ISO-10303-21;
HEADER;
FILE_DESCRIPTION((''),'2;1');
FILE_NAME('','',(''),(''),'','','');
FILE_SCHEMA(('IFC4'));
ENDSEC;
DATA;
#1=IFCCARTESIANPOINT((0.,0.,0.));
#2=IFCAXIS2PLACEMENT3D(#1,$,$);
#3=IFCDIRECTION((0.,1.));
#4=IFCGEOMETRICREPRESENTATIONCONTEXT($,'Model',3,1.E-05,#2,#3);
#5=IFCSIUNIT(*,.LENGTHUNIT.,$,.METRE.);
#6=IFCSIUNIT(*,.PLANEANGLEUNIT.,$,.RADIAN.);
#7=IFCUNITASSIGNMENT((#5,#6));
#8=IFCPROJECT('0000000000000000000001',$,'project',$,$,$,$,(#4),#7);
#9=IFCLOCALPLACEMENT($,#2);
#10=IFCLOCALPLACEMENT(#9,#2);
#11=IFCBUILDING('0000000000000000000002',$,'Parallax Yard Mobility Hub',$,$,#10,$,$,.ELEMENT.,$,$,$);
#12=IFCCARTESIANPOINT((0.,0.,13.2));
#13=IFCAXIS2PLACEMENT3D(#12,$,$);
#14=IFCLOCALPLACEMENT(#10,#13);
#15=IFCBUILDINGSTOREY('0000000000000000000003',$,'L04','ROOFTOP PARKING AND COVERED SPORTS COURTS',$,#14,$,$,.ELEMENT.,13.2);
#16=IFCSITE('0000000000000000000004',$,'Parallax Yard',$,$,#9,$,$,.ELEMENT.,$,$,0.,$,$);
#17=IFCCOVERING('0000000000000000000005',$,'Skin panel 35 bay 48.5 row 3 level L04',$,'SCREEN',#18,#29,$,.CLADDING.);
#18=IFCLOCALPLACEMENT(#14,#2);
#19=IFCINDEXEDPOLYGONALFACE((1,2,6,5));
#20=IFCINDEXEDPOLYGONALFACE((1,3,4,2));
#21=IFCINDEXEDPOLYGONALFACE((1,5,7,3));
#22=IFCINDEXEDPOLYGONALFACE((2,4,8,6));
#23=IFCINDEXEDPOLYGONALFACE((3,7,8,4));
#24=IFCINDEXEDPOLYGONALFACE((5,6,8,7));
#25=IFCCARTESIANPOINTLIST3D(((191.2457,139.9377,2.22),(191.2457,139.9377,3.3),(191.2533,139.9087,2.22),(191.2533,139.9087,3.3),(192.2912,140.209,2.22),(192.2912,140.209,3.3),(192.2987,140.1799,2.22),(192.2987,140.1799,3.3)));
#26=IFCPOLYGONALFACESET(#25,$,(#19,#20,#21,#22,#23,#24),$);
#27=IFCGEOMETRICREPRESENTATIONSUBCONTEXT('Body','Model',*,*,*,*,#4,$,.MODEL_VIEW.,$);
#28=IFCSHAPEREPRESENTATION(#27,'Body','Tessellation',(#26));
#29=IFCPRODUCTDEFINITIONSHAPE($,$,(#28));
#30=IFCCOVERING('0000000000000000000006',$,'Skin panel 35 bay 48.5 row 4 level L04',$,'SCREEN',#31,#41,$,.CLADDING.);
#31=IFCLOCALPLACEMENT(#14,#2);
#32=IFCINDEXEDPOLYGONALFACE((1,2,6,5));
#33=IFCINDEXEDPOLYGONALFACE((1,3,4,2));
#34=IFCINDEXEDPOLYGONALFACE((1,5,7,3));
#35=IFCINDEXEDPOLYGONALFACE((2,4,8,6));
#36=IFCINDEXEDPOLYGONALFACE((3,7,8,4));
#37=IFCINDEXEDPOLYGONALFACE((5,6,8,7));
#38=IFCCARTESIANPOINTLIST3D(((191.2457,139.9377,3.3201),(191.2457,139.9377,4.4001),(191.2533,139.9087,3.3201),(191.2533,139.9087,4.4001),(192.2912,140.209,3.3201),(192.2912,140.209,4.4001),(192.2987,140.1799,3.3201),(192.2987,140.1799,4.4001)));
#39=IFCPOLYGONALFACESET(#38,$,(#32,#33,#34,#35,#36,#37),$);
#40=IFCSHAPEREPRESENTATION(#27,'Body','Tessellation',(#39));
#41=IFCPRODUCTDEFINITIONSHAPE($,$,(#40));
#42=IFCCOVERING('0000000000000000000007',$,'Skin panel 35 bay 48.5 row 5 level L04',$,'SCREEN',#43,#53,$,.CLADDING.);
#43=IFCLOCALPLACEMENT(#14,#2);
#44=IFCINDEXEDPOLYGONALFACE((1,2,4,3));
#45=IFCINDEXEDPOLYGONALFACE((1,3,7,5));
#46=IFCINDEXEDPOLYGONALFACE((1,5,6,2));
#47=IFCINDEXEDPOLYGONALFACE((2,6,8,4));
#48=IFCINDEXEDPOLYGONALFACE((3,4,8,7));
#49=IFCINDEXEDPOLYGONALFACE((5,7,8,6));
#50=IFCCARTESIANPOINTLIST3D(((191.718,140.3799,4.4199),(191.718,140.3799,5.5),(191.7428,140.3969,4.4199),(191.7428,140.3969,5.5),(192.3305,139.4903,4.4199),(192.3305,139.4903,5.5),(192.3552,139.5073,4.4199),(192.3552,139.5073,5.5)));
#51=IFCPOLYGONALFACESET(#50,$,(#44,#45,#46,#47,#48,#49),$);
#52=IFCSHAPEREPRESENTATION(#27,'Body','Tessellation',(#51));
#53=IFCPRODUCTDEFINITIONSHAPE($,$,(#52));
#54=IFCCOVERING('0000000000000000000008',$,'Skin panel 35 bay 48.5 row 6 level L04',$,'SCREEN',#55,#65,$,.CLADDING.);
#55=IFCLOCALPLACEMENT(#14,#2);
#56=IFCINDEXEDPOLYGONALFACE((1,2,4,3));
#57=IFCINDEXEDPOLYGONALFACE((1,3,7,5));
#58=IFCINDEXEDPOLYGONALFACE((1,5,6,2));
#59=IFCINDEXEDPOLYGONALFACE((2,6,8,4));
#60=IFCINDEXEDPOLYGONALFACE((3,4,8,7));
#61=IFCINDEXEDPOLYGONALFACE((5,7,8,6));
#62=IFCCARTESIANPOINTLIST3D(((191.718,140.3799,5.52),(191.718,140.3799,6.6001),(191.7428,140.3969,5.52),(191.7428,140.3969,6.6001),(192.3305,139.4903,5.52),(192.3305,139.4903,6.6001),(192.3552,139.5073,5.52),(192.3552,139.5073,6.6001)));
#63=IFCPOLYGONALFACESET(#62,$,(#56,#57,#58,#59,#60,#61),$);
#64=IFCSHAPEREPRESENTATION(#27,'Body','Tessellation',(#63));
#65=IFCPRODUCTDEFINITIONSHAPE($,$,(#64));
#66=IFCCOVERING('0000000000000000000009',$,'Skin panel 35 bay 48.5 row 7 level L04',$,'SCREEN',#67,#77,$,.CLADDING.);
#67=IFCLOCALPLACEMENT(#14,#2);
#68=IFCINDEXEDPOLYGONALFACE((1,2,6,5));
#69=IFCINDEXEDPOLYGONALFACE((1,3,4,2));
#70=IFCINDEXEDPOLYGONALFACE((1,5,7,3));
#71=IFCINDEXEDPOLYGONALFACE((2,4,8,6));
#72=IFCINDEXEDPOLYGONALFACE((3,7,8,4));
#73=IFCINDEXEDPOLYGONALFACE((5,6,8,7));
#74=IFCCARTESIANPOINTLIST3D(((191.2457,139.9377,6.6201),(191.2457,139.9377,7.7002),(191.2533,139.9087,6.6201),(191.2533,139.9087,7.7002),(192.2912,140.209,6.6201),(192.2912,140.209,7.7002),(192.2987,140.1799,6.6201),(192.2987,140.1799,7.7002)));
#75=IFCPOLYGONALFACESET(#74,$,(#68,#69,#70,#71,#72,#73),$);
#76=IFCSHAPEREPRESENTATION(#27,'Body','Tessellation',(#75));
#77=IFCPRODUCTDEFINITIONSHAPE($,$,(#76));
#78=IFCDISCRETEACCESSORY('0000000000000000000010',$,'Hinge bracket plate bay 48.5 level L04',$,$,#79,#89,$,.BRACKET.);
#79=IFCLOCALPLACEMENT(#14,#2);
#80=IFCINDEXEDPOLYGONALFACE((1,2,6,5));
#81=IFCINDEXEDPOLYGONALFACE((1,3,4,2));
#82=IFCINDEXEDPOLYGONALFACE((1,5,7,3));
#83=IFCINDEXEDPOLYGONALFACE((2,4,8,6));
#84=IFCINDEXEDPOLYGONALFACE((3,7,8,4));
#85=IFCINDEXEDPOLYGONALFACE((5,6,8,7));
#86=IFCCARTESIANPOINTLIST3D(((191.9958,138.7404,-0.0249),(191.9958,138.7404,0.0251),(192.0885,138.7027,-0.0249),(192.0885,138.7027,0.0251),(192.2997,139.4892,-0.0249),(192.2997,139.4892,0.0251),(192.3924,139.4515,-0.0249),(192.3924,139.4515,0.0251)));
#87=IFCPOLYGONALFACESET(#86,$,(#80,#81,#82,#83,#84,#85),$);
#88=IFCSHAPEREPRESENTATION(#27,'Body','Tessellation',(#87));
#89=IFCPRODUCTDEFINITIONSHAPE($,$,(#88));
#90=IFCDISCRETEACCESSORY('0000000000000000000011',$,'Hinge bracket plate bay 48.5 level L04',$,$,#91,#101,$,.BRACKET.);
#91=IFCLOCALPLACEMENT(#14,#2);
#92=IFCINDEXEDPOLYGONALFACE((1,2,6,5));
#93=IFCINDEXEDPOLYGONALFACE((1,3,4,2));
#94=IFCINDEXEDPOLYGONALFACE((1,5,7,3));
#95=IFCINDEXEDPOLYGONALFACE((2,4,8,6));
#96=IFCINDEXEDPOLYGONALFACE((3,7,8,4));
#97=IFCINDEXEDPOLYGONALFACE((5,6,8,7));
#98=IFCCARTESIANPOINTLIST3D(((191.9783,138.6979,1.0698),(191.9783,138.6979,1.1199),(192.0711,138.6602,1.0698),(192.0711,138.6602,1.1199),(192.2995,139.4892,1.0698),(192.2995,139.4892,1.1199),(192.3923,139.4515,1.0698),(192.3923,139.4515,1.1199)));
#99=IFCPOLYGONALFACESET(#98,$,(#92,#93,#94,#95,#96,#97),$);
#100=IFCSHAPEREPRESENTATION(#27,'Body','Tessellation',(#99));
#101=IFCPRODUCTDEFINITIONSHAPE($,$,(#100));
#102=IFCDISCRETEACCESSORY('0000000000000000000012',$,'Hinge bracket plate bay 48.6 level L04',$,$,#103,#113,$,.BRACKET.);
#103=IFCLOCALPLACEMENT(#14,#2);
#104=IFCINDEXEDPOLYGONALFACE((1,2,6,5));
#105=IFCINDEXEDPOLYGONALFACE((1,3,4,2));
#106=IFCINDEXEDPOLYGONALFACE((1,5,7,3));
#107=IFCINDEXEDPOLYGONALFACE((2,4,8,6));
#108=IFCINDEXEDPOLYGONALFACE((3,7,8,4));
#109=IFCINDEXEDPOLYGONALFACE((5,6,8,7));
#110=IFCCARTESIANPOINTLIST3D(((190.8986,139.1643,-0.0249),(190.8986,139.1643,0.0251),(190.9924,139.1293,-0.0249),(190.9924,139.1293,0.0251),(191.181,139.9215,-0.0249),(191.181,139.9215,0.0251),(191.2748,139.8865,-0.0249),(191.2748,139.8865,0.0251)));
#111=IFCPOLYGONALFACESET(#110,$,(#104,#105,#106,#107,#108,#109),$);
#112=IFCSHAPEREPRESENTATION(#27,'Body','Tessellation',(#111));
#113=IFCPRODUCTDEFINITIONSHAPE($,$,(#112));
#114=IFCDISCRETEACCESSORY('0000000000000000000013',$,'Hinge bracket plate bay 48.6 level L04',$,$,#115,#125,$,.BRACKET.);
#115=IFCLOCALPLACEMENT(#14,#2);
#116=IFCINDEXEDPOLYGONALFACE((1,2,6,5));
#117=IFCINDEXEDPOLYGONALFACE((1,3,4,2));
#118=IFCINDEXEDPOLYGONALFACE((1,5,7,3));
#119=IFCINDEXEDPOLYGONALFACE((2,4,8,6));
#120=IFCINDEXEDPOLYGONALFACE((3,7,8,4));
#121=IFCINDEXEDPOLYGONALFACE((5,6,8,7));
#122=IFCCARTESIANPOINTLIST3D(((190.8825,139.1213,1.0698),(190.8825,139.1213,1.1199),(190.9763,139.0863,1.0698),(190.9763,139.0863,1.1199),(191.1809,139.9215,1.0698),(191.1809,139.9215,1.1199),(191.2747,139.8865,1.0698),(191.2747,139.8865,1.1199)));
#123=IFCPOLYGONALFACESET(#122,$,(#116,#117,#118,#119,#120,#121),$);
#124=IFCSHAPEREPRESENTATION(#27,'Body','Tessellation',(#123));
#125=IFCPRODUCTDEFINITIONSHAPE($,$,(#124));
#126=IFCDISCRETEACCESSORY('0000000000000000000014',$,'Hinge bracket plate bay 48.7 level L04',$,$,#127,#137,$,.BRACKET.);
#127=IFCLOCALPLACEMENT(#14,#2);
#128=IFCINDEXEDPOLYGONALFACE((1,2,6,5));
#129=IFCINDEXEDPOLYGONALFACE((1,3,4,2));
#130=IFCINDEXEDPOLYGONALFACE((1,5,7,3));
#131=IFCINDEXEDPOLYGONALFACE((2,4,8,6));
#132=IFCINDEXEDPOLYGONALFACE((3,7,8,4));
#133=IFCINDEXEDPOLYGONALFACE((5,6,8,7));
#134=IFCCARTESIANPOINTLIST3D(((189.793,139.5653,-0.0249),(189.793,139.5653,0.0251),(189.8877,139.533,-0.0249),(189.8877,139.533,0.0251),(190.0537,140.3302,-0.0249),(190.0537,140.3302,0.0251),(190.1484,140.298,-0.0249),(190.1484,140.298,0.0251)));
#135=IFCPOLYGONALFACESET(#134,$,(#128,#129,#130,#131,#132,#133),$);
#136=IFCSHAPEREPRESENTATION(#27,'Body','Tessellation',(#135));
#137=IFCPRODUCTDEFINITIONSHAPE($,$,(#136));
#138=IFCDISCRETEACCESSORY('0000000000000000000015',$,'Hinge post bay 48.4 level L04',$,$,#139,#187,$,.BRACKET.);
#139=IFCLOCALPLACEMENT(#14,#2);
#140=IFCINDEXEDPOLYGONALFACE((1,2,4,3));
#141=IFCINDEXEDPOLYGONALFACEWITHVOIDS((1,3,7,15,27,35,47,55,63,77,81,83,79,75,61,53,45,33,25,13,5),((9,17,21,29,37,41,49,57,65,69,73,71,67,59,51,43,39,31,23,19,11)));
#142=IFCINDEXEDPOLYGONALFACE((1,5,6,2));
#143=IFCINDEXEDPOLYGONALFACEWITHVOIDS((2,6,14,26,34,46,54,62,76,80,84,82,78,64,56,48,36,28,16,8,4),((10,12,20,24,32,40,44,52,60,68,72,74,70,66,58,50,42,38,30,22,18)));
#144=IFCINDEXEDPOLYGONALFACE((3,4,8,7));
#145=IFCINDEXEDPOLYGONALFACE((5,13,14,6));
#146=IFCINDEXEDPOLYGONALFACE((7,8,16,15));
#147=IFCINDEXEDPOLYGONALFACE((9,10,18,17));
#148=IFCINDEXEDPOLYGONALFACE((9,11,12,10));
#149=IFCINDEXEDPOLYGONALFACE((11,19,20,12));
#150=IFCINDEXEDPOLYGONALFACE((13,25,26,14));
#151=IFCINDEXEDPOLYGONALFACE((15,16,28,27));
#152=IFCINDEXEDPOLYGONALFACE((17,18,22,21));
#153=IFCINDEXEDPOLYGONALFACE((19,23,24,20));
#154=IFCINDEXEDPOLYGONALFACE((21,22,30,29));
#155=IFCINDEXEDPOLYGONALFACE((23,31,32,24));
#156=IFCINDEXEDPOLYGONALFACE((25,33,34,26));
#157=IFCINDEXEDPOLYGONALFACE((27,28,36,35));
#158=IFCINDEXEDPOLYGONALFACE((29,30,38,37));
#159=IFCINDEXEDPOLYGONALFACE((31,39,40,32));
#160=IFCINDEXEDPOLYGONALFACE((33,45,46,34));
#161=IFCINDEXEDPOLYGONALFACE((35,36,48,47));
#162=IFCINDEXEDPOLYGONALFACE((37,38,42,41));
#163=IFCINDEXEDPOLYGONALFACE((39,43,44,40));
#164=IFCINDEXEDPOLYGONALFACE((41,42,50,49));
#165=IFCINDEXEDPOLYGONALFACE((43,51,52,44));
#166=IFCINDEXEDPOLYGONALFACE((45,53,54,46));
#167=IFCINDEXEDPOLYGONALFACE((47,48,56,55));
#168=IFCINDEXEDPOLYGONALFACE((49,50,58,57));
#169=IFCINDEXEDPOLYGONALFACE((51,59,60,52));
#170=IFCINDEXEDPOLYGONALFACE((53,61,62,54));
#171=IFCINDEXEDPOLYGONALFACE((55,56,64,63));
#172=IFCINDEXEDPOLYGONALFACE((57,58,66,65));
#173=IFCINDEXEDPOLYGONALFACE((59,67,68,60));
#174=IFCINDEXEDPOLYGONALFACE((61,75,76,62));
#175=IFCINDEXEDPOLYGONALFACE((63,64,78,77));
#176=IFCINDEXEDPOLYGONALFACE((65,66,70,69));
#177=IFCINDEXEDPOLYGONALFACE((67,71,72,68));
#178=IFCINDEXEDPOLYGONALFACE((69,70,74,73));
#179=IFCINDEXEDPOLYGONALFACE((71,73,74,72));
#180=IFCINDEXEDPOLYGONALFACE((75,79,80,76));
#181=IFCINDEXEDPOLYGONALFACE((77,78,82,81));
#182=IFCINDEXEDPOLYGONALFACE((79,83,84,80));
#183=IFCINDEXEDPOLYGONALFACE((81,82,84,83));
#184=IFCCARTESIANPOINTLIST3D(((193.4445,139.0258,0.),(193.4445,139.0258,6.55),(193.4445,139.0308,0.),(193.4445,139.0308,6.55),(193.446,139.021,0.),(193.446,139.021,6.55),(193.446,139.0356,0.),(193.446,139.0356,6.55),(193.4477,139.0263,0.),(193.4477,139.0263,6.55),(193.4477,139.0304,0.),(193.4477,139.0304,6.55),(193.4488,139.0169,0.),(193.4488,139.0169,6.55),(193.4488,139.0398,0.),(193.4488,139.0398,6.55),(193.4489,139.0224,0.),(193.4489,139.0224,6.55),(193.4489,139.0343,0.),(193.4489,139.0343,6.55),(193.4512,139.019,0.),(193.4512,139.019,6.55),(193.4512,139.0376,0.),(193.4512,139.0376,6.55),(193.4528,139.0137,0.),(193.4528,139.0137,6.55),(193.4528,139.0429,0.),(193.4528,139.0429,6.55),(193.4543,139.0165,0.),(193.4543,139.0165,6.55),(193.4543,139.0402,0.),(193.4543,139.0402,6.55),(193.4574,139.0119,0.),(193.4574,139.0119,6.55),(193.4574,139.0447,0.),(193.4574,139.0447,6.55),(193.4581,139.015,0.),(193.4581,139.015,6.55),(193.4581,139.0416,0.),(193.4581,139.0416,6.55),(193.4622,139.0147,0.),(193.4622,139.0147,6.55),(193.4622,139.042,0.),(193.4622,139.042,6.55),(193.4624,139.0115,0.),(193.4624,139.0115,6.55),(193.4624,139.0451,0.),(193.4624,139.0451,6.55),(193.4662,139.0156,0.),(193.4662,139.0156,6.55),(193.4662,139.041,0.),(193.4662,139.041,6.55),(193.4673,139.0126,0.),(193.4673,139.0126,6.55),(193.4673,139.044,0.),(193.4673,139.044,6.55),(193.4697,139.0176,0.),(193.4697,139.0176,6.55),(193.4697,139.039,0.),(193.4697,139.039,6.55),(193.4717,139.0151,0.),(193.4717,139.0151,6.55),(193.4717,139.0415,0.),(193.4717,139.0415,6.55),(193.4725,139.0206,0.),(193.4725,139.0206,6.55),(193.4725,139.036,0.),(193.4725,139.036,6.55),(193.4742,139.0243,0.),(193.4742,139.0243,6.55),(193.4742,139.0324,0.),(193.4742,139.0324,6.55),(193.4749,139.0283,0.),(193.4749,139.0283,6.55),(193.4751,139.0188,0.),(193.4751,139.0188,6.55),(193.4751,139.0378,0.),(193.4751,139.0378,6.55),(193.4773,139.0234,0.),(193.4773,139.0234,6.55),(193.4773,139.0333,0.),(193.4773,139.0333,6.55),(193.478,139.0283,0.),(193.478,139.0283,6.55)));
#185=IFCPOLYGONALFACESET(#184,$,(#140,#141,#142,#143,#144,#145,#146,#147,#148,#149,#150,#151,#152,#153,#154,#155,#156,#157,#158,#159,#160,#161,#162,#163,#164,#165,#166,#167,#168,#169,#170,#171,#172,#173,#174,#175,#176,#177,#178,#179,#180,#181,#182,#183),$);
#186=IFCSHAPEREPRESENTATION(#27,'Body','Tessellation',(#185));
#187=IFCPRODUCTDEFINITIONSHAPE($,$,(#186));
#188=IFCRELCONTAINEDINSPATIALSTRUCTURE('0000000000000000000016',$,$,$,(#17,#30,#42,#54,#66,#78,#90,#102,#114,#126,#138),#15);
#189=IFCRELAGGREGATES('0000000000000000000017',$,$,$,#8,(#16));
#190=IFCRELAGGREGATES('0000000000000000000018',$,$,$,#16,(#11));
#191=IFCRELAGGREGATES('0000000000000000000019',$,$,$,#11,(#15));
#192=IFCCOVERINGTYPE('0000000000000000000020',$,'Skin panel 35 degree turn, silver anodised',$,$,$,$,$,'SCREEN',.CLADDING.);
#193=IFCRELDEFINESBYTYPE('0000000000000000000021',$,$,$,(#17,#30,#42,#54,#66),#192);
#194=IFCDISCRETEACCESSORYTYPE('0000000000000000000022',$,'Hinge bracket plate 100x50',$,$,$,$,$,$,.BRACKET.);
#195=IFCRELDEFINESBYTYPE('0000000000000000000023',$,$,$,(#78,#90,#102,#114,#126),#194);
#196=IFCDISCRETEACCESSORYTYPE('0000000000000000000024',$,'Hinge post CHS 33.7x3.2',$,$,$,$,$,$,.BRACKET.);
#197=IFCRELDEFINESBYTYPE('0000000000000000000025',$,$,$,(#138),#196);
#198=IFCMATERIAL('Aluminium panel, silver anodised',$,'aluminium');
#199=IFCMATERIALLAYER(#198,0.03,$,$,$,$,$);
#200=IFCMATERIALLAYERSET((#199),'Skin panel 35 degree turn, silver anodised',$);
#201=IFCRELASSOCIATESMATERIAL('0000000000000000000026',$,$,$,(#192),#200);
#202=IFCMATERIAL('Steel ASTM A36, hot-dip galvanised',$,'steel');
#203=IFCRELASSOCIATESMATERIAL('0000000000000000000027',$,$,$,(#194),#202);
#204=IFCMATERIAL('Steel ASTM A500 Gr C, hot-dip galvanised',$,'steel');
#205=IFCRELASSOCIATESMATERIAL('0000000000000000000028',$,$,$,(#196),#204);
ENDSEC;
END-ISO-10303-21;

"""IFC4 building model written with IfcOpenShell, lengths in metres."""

from ifc_helpers import new_model, si_unit, direction, frame, origin, origin_2d, place, context, subcontext, project, spatial, rectangle, hollow_circle, extrude, material, layer, layer_set, material_profile, profile_set, type_object, element, save


model = new_model("IFC4")

# Units and contexts
model_context = context("Model", 3, precision=1e-05, world=origin(), true_north=direction((0.0, 1.0)))
body_context = subcontext(model_context, "Body", "Model", "MODEL_VIEW")
ifc_project = project(units=[si_unit("LENGTHUNIT", "METRE"), si_unit("PLANEANGLEUNIT", "RADIAN")], contexts=[model_context])

# Site, building, storey
site_placement = place(None, origin())
site = spatial("IfcSite", under=ifc_project, at=site_placement, Name="Parallax Yard", CompositionType="ELEMENT", RefElevation=0.0)
building_placement = place(site_placement, origin())
building = spatial("IfcBuilding", under=site, at=building_placement, Name="Parallax Yard Mobility Hub", CompositionType="ELEMENT")
storey_placement = place(building_placement, frame((0.0, 0.0, 13.2)))
storey = spatial("IfcBuildingStorey", under=building, at=storey_placement, Name="L04", Description="ROOFTOP PARKING AND COVERED SPORTS COURTS", CompositionType="ELEMENT", Elevation=13.2)

# Coverings
ifc_material_1 = material(Name="Aluminium panel, silver anodised", Category="aluminium")
ifc_layer_1 = layer(ifc_material_1, 0.03)
ifc_layer_set_1 = layer_set([ifc_layer_1], Name="Skin panel 35 degree turn, silver anodised")
covering_type_1 = type_object("IfcCoveringType", Name="Skin panel 35 degree turn, silver anodised", ElementType="SCREEN", PredefinedType="CLADDING", material=ifc_layer_set_1)
for number, where, z_axis, x_axis, name in (
    (1, (191.7722, 140.0588, 2.22), (0.0, 0.0, 1.0), (0.967949, 0.251149, 0.0), "Skin panel 35 bay 48.5 row 3 level L04"),
    (2, (191.7722, 140.0588, 3.3201), (0.0, 0.0, 1.0), (0.967949, 0.251149, 0.0), "Skin panel 35 bay 48.5 row 4 level L04"),
    (3, (192.0366, 139.9436, 4.4199), (0.0, 0.0, 1.0), (-0.567061, 0.823676, 0.0), "Skin panel 35 bay 48.5 row 5 level L04"),
    (4, (192.0366, 139.9436, 5.52), (0.0, 0.0, 1.0), (-0.567061, 0.823676, 0.0), "Skin panel 35 bay 48.5 row 6 level L04"),
    (5, (191.7722, 140.0588, 6.6201), (0.0, 0.0, 1.0), (0.967949, 0.251149, 0.0), "Skin panel 35 bay 48.5 row 7 level L04"),
):
    element("IfcCovering", number, at=place(storey_placement, frame(where, z_axis=z_axis, x_axis=x_axis)), inside=storey, type_object=covering_type_1, Name=name, ObjectType="SCREEN", PredefinedType="CLADDING", context=body_context, shape_type="SweptSolid", body=[
        extrude(rectangle(XDim=1.0801, YDim=0.03, at=origin_2d()), origin(), (0.0, 0.0, 1.0), 1.0801),
    ])

# Discrete accessories
ifc_material_2 = material(Name="Steel ASTM A36, hot-dip galvanised", Category="steel")
discrete_accessory_type_1 = type_object("IfcDiscreteAccessoryType", Name="Hinge bracket plate 100x50", PredefinedType="BRACKET", material=ifc_material_2)
discrete_accessory_1_placement = place(storey_placement, frame((192.1941, 139.0959, -0.0249), z_axis=(0.0, 0.0, 1.0), x_axis=(0.376077, 0.926588, 0.0)))
element("IfcDiscreteAccessory", 6, at=discrete_accessory_1_placement, inside=storey, type_object=discrete_accessory_type_1, Name="Hinge bracket plate bay 48.5 level L04", PredefinedType="BRACKET", context=body_context, shape_type="SweptSolid", body=[
    extrude(rectangle(XDim=0.8081, YDim=0.1001, at=origin_2d()), origin(), (0.0, 0.0, 1.0), 0.05),
])
discrete_accessory_2_placement = place(storey_placement, frame((192.1853, 139.0747, 1.0698), z_axis=(0.0, 0.0, 1.0), x_axis=(0.376077, 0.926588, 0.0)))
element("IfcDiscreteAccessory", 7, at=discrete_accessory_2_placement, inside=storey, type_object=discrete_accessory_type_1, Name="Hinge bracket plate bay 48.5 level L04", PredefinedType="BRACKET", context=body_context, shape_type="SweptSolid", body=[
    extrude(rectangle(XDim=0.854, YDim=0.1001, at=origin_2d()), origin(), (0.0, 0.0, 1.0), 0.05),
])
discrete_accessory_3_placement = place(storey_placement, frame((191.0867, 139.5254, -0.0249), z_axis=(0.0, 0.0, 1.0), x_axis=(0.349463, 0.93695, 0.0)))
element("IfcDiscreteAccessory", 8, at=discrete_accessory_3_placement, inside=storey, type_object=discrete_accessory_type_1, Name="Hinge bracket plate bay 48.6 level L04", PredefinedType="BRACKET", context=body_context, shape_type="SweptSolid", body=[
    extrude(rectangle(XDim=0.8081, YDim=0.1001, at=origin_2d()), origin(), (0.0, 0.0, 1.0), 0.05),
])
discrete_accessory_4_placement = place(storey_placement, frame((191.0786, 139.5039, 1.0698), z_axis=(0.0, 0.0, 1.0), x_axis=(0.349463, 0.93695, 0.0)))
element("IfcDiscreteAccessory", 9, at=discrete_accessory_4_placement, inside=storey, type_object=discrete_accessory_type_1, Name="Hinge bracket plate bay 48.6 level L04", PredefinedType="BRACKET", context=body_context, shape_type="SweptSolid", body=[
    extrude(rectangle(XDim=0.854, YDim=0.1001, at=origin_2d()), origin(), (0.0, 0.0, 1.0), 0.05),
])
discrete_accessory_5_placement = place(storey_placement, frame((189.9707, 139.9316, -0.0249), z_axis=(0.0, 0.0, 1.0), x_axis=(0.322566, 0.946547, 0.0)))
element("IfcDiscreteAccessory", 10, at=discrete_accessory_5_placement, inside=storey, type_object=discrete_accessory_type_1, Name="Hinge bracket plate bay 48.7 level L04", PredefinedType="BRACKET", context=body_context, shape_type="SweptSolid", body=[
    extrude(rectangle(XDim=0.8081, YDim=0.1001, at=origin_2d()), origin(), (0.0, 0.0, 1.0), 0.05),
])
ifc_material_3 = material(Name="Steel ASTM A500 Gr C, hot-dip galvanised", Category="steel")
ifc_material_profile = material_profile(ifc_material_3, hollow_circle(Radius=0.0168, WallThickness=0.0032, at=origin_2d()), Name="CHS 33.7x3.2")
ifc_profile_set = profile_set([ifc_material_profile], Name="Steel ASTM A500 Gr C, hot-dip galvanised")
discrete_accessory_type_2 = type_object("IfcDiscreteAccessoryType", Name="Hinge post CHS 33.7x3.2", PredefinedType="BRACKET", material=ifc_profile_set)
for number, where, z_axis, x_axis, name in (
    (11, (193.4612, 139.0283, 0.0), (0.0, 0.0, 1.0), (1.0, 0.0, 0.0), "Hinge post bay 48.4 level L04"),
):
    element("IfcDiscreteAccessory", number, at=place(storey_placement, frame(where, z_axis=z_axis, x_axis=x_axis)), inside=storey, type_object=discrete_accessory_type_2, Name=name, PredefinedType="BRACKET", context=body_context, shape_type="SweptSolid", body=[
        extrude(hollow_circle(Radius=0.0168, WallThickness=0.0032, at=origin_2d()), origin(), (0.0, 0.0, 1.0), 6.55),
    ])

save(model, "model.ifc")
